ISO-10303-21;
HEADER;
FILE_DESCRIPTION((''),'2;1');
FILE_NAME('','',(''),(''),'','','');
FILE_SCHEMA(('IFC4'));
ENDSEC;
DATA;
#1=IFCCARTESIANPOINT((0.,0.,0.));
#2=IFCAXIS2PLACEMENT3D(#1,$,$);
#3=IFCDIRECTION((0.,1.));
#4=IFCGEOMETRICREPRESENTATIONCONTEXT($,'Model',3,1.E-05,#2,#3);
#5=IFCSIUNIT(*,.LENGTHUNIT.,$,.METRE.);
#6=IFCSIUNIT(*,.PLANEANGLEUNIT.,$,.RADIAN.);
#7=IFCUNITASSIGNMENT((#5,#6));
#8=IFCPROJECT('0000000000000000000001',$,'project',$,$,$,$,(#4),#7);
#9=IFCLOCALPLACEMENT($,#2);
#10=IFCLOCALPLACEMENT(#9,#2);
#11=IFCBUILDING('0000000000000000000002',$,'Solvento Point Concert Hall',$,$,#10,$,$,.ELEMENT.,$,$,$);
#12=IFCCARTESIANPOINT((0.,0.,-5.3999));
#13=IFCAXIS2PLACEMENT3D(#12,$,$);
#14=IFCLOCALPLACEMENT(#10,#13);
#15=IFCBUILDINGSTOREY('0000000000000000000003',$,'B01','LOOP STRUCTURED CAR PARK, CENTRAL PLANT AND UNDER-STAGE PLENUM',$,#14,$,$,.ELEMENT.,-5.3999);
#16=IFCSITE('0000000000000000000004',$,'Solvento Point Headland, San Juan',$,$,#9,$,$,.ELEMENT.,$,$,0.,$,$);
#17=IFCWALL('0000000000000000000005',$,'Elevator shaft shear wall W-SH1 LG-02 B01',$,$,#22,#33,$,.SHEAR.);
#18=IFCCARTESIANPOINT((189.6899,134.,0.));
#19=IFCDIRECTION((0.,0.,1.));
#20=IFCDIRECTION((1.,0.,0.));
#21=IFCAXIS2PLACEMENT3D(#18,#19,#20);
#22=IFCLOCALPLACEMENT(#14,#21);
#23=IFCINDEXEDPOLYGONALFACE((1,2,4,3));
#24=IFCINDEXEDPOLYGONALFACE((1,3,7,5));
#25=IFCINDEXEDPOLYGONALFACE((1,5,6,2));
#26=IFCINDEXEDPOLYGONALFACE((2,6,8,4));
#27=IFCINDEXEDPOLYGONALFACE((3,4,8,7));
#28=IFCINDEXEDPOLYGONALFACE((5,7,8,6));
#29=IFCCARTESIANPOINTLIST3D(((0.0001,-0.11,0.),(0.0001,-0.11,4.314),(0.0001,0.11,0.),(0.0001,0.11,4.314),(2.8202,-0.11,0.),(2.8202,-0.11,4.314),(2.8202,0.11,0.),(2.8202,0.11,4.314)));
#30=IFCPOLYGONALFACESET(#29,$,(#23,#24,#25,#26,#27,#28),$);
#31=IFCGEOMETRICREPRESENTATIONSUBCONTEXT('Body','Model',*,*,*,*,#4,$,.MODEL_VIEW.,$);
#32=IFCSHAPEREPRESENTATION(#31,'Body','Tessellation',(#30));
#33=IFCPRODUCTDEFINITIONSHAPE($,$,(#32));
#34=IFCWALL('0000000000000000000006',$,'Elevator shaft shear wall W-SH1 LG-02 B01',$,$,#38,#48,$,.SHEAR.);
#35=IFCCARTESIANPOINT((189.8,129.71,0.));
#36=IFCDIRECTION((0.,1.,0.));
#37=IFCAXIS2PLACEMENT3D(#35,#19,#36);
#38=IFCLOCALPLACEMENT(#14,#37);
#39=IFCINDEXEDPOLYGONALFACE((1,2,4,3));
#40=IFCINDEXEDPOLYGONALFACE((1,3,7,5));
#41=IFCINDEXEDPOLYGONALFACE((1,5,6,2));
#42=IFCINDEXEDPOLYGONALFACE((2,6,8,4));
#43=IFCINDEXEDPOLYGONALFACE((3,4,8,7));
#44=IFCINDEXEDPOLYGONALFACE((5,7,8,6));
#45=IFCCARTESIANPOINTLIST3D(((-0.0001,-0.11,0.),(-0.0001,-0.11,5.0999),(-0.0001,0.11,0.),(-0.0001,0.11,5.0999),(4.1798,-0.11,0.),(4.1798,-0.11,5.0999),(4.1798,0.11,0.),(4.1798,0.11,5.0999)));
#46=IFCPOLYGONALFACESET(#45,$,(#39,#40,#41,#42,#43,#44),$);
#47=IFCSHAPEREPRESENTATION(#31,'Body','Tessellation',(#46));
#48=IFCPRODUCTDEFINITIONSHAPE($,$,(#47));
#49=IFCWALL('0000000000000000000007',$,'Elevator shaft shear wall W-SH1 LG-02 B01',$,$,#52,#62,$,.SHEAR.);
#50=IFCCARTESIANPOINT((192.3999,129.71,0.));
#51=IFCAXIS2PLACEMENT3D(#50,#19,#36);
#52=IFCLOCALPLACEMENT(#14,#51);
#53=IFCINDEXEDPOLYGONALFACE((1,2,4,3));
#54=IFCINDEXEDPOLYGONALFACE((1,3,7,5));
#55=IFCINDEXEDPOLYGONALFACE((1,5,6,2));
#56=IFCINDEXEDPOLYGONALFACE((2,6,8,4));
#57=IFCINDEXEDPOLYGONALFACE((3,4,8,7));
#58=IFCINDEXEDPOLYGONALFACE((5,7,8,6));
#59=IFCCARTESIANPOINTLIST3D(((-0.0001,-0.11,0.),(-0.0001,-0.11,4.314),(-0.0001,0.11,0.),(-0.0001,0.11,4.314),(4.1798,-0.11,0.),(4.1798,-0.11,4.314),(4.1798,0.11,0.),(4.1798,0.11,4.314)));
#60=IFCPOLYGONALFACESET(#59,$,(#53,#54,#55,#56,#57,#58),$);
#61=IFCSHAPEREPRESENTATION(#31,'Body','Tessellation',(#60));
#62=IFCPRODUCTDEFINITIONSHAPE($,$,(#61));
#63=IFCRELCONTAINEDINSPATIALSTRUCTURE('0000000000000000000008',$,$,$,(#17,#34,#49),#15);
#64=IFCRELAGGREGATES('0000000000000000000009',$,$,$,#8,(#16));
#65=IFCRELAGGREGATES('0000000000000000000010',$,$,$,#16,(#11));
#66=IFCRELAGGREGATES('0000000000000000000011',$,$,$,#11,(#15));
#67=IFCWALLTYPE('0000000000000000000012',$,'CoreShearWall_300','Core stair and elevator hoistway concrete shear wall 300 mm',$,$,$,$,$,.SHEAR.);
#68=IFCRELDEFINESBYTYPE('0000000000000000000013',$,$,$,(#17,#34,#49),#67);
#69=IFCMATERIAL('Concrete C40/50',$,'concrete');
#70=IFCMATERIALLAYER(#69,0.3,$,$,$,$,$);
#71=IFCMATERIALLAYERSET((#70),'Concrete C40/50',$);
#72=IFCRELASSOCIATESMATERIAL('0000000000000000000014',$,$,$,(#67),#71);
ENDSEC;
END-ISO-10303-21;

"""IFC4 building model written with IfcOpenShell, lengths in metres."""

from ifc_helpers import new_model, si_unit, direction, frame, frame_2d, origin, place, context, subcontext, project, spatial, rectangle, extrude, material, layer, layer_set, type_object, element, save


model = new_model("IFC4")

# Units and contexts
model_context = context("Model", 3, precision=1e-05, world=origin(), true_north=direction((0.0, 1.0)))
body_context = subcontext(model_context, "Body", "Model", "MODEL_VIEW")
ifc_project = project(units=[si_unit("LENGTHUNIT", "METRE"), si_unit("PLANEANGLEUNIT", "RADIAN")], contexts=[model_context])

# Site, building, storey
site_placement = place(None, origin())
site = spatial("IfcSite", under=ifc_project, at=site_placement, Name="Solvento Point Headland, San Juan", CompositionType="ELEMENT", RefElevation=0.0)
building_placement = place(site_placement, origin())
building = spatial("IfcBuilding", under=site, at=building_placement, Name="Solvento Point Concert Hall", CompositionType="ELEMENT")
storey_placement = place(building_placement, frame((0.0, 0.0, -5.3999)))
storey = spatial("IfcBuildingStorey", under=building, at=storey_placement, Name="B01", Description="LOOP STRUCTURED CAR PARK, CENTRAL PLANT AND UNDER-STAGE PLENUM", CompositionType="ELEMENT", Elevation=-5.3999)

# Shared definitions
ifc_material_1 = material(Name="Concrete C40/50", Category="concrete")
ifc_layer_1 = layer(ifc_material_1, 0.3)
ifc_layer_set_1 = layer_set([ifc_layer_1], Name="Concrete C40/50")
wall_type_1 = type_object("IfcWallType", Name="CoreShearWall_300", Description="Core stair and elevator hoistway concrete shear wall 300 mm", PredefinedType="SHEAR", material=ifc_layer_set_1)

# Walls
wall_1_placement = place(storey_placement, frame((189.6899, 134.0, 0.0), z_axis=(0.0, 0.0, 1.0), x_axis=(1.0, 0.0, 0.0)))
element("IfcWall", 1, at=wall_1_placement, inside=storey, type_object=wall_type_1, Name="Elevator shaft shear wall W-SH1 LG-02 B01", PredefinedType="SHEAR", context=body_context, shape_type="SweptSolid", body=[
    extrude(rectangle(XDim=2.8201, YDim=0.22, at=frame_2d((1.4102, 0.0))), origin(), (0.0, 0.0, 1.0), 4.314),
])
wall_2_placement = place(storey_placement, frame((189.8, 129.71, 0.0), z_axis=(0.0, 0.0, 1.0), x_axis=(0.0, 1.0, 0.0)))
element("IfcWall", 2, at=wall_2_placement, inside=storey, type_object=wall_type_1, Name="Elevator shaft shear wall W-SH1 LG-02 B01", PredefinedType="SHEAR", context=body_context, shape_type="SweptSolid", body=[
    extrude(rectangle(XDim=4.1799, YDim=0.22, at=frame_2d((2.0898, 0.0))), origin(), (0.0, 0.0, 1.0), 5.0999),
])
wall_3_placement = place(storey_placement, frame((192.3999, 129.71, 0.0), z_axis=(0.0, 0.0, 1.0), x_axis=(0.0, 1.0, 0.0)))
element("IfcWall", 3, at=wall_3_placement, inside=storey, type_object=wall_type_1, Name="Elevator shaft shear wall W-SH1 LG-02 B01", PredefinedType="SHEAR", context=body_context, shape_type="SweptSolid", body=[
    extrude(rectangle(XDim=4.1799, YDim=0.22, at=frame_2d((2.0898, 0.0))), origin(), (0.0, 0.0, 1.0), 4.314),
])

save(model, "model.ifc")
